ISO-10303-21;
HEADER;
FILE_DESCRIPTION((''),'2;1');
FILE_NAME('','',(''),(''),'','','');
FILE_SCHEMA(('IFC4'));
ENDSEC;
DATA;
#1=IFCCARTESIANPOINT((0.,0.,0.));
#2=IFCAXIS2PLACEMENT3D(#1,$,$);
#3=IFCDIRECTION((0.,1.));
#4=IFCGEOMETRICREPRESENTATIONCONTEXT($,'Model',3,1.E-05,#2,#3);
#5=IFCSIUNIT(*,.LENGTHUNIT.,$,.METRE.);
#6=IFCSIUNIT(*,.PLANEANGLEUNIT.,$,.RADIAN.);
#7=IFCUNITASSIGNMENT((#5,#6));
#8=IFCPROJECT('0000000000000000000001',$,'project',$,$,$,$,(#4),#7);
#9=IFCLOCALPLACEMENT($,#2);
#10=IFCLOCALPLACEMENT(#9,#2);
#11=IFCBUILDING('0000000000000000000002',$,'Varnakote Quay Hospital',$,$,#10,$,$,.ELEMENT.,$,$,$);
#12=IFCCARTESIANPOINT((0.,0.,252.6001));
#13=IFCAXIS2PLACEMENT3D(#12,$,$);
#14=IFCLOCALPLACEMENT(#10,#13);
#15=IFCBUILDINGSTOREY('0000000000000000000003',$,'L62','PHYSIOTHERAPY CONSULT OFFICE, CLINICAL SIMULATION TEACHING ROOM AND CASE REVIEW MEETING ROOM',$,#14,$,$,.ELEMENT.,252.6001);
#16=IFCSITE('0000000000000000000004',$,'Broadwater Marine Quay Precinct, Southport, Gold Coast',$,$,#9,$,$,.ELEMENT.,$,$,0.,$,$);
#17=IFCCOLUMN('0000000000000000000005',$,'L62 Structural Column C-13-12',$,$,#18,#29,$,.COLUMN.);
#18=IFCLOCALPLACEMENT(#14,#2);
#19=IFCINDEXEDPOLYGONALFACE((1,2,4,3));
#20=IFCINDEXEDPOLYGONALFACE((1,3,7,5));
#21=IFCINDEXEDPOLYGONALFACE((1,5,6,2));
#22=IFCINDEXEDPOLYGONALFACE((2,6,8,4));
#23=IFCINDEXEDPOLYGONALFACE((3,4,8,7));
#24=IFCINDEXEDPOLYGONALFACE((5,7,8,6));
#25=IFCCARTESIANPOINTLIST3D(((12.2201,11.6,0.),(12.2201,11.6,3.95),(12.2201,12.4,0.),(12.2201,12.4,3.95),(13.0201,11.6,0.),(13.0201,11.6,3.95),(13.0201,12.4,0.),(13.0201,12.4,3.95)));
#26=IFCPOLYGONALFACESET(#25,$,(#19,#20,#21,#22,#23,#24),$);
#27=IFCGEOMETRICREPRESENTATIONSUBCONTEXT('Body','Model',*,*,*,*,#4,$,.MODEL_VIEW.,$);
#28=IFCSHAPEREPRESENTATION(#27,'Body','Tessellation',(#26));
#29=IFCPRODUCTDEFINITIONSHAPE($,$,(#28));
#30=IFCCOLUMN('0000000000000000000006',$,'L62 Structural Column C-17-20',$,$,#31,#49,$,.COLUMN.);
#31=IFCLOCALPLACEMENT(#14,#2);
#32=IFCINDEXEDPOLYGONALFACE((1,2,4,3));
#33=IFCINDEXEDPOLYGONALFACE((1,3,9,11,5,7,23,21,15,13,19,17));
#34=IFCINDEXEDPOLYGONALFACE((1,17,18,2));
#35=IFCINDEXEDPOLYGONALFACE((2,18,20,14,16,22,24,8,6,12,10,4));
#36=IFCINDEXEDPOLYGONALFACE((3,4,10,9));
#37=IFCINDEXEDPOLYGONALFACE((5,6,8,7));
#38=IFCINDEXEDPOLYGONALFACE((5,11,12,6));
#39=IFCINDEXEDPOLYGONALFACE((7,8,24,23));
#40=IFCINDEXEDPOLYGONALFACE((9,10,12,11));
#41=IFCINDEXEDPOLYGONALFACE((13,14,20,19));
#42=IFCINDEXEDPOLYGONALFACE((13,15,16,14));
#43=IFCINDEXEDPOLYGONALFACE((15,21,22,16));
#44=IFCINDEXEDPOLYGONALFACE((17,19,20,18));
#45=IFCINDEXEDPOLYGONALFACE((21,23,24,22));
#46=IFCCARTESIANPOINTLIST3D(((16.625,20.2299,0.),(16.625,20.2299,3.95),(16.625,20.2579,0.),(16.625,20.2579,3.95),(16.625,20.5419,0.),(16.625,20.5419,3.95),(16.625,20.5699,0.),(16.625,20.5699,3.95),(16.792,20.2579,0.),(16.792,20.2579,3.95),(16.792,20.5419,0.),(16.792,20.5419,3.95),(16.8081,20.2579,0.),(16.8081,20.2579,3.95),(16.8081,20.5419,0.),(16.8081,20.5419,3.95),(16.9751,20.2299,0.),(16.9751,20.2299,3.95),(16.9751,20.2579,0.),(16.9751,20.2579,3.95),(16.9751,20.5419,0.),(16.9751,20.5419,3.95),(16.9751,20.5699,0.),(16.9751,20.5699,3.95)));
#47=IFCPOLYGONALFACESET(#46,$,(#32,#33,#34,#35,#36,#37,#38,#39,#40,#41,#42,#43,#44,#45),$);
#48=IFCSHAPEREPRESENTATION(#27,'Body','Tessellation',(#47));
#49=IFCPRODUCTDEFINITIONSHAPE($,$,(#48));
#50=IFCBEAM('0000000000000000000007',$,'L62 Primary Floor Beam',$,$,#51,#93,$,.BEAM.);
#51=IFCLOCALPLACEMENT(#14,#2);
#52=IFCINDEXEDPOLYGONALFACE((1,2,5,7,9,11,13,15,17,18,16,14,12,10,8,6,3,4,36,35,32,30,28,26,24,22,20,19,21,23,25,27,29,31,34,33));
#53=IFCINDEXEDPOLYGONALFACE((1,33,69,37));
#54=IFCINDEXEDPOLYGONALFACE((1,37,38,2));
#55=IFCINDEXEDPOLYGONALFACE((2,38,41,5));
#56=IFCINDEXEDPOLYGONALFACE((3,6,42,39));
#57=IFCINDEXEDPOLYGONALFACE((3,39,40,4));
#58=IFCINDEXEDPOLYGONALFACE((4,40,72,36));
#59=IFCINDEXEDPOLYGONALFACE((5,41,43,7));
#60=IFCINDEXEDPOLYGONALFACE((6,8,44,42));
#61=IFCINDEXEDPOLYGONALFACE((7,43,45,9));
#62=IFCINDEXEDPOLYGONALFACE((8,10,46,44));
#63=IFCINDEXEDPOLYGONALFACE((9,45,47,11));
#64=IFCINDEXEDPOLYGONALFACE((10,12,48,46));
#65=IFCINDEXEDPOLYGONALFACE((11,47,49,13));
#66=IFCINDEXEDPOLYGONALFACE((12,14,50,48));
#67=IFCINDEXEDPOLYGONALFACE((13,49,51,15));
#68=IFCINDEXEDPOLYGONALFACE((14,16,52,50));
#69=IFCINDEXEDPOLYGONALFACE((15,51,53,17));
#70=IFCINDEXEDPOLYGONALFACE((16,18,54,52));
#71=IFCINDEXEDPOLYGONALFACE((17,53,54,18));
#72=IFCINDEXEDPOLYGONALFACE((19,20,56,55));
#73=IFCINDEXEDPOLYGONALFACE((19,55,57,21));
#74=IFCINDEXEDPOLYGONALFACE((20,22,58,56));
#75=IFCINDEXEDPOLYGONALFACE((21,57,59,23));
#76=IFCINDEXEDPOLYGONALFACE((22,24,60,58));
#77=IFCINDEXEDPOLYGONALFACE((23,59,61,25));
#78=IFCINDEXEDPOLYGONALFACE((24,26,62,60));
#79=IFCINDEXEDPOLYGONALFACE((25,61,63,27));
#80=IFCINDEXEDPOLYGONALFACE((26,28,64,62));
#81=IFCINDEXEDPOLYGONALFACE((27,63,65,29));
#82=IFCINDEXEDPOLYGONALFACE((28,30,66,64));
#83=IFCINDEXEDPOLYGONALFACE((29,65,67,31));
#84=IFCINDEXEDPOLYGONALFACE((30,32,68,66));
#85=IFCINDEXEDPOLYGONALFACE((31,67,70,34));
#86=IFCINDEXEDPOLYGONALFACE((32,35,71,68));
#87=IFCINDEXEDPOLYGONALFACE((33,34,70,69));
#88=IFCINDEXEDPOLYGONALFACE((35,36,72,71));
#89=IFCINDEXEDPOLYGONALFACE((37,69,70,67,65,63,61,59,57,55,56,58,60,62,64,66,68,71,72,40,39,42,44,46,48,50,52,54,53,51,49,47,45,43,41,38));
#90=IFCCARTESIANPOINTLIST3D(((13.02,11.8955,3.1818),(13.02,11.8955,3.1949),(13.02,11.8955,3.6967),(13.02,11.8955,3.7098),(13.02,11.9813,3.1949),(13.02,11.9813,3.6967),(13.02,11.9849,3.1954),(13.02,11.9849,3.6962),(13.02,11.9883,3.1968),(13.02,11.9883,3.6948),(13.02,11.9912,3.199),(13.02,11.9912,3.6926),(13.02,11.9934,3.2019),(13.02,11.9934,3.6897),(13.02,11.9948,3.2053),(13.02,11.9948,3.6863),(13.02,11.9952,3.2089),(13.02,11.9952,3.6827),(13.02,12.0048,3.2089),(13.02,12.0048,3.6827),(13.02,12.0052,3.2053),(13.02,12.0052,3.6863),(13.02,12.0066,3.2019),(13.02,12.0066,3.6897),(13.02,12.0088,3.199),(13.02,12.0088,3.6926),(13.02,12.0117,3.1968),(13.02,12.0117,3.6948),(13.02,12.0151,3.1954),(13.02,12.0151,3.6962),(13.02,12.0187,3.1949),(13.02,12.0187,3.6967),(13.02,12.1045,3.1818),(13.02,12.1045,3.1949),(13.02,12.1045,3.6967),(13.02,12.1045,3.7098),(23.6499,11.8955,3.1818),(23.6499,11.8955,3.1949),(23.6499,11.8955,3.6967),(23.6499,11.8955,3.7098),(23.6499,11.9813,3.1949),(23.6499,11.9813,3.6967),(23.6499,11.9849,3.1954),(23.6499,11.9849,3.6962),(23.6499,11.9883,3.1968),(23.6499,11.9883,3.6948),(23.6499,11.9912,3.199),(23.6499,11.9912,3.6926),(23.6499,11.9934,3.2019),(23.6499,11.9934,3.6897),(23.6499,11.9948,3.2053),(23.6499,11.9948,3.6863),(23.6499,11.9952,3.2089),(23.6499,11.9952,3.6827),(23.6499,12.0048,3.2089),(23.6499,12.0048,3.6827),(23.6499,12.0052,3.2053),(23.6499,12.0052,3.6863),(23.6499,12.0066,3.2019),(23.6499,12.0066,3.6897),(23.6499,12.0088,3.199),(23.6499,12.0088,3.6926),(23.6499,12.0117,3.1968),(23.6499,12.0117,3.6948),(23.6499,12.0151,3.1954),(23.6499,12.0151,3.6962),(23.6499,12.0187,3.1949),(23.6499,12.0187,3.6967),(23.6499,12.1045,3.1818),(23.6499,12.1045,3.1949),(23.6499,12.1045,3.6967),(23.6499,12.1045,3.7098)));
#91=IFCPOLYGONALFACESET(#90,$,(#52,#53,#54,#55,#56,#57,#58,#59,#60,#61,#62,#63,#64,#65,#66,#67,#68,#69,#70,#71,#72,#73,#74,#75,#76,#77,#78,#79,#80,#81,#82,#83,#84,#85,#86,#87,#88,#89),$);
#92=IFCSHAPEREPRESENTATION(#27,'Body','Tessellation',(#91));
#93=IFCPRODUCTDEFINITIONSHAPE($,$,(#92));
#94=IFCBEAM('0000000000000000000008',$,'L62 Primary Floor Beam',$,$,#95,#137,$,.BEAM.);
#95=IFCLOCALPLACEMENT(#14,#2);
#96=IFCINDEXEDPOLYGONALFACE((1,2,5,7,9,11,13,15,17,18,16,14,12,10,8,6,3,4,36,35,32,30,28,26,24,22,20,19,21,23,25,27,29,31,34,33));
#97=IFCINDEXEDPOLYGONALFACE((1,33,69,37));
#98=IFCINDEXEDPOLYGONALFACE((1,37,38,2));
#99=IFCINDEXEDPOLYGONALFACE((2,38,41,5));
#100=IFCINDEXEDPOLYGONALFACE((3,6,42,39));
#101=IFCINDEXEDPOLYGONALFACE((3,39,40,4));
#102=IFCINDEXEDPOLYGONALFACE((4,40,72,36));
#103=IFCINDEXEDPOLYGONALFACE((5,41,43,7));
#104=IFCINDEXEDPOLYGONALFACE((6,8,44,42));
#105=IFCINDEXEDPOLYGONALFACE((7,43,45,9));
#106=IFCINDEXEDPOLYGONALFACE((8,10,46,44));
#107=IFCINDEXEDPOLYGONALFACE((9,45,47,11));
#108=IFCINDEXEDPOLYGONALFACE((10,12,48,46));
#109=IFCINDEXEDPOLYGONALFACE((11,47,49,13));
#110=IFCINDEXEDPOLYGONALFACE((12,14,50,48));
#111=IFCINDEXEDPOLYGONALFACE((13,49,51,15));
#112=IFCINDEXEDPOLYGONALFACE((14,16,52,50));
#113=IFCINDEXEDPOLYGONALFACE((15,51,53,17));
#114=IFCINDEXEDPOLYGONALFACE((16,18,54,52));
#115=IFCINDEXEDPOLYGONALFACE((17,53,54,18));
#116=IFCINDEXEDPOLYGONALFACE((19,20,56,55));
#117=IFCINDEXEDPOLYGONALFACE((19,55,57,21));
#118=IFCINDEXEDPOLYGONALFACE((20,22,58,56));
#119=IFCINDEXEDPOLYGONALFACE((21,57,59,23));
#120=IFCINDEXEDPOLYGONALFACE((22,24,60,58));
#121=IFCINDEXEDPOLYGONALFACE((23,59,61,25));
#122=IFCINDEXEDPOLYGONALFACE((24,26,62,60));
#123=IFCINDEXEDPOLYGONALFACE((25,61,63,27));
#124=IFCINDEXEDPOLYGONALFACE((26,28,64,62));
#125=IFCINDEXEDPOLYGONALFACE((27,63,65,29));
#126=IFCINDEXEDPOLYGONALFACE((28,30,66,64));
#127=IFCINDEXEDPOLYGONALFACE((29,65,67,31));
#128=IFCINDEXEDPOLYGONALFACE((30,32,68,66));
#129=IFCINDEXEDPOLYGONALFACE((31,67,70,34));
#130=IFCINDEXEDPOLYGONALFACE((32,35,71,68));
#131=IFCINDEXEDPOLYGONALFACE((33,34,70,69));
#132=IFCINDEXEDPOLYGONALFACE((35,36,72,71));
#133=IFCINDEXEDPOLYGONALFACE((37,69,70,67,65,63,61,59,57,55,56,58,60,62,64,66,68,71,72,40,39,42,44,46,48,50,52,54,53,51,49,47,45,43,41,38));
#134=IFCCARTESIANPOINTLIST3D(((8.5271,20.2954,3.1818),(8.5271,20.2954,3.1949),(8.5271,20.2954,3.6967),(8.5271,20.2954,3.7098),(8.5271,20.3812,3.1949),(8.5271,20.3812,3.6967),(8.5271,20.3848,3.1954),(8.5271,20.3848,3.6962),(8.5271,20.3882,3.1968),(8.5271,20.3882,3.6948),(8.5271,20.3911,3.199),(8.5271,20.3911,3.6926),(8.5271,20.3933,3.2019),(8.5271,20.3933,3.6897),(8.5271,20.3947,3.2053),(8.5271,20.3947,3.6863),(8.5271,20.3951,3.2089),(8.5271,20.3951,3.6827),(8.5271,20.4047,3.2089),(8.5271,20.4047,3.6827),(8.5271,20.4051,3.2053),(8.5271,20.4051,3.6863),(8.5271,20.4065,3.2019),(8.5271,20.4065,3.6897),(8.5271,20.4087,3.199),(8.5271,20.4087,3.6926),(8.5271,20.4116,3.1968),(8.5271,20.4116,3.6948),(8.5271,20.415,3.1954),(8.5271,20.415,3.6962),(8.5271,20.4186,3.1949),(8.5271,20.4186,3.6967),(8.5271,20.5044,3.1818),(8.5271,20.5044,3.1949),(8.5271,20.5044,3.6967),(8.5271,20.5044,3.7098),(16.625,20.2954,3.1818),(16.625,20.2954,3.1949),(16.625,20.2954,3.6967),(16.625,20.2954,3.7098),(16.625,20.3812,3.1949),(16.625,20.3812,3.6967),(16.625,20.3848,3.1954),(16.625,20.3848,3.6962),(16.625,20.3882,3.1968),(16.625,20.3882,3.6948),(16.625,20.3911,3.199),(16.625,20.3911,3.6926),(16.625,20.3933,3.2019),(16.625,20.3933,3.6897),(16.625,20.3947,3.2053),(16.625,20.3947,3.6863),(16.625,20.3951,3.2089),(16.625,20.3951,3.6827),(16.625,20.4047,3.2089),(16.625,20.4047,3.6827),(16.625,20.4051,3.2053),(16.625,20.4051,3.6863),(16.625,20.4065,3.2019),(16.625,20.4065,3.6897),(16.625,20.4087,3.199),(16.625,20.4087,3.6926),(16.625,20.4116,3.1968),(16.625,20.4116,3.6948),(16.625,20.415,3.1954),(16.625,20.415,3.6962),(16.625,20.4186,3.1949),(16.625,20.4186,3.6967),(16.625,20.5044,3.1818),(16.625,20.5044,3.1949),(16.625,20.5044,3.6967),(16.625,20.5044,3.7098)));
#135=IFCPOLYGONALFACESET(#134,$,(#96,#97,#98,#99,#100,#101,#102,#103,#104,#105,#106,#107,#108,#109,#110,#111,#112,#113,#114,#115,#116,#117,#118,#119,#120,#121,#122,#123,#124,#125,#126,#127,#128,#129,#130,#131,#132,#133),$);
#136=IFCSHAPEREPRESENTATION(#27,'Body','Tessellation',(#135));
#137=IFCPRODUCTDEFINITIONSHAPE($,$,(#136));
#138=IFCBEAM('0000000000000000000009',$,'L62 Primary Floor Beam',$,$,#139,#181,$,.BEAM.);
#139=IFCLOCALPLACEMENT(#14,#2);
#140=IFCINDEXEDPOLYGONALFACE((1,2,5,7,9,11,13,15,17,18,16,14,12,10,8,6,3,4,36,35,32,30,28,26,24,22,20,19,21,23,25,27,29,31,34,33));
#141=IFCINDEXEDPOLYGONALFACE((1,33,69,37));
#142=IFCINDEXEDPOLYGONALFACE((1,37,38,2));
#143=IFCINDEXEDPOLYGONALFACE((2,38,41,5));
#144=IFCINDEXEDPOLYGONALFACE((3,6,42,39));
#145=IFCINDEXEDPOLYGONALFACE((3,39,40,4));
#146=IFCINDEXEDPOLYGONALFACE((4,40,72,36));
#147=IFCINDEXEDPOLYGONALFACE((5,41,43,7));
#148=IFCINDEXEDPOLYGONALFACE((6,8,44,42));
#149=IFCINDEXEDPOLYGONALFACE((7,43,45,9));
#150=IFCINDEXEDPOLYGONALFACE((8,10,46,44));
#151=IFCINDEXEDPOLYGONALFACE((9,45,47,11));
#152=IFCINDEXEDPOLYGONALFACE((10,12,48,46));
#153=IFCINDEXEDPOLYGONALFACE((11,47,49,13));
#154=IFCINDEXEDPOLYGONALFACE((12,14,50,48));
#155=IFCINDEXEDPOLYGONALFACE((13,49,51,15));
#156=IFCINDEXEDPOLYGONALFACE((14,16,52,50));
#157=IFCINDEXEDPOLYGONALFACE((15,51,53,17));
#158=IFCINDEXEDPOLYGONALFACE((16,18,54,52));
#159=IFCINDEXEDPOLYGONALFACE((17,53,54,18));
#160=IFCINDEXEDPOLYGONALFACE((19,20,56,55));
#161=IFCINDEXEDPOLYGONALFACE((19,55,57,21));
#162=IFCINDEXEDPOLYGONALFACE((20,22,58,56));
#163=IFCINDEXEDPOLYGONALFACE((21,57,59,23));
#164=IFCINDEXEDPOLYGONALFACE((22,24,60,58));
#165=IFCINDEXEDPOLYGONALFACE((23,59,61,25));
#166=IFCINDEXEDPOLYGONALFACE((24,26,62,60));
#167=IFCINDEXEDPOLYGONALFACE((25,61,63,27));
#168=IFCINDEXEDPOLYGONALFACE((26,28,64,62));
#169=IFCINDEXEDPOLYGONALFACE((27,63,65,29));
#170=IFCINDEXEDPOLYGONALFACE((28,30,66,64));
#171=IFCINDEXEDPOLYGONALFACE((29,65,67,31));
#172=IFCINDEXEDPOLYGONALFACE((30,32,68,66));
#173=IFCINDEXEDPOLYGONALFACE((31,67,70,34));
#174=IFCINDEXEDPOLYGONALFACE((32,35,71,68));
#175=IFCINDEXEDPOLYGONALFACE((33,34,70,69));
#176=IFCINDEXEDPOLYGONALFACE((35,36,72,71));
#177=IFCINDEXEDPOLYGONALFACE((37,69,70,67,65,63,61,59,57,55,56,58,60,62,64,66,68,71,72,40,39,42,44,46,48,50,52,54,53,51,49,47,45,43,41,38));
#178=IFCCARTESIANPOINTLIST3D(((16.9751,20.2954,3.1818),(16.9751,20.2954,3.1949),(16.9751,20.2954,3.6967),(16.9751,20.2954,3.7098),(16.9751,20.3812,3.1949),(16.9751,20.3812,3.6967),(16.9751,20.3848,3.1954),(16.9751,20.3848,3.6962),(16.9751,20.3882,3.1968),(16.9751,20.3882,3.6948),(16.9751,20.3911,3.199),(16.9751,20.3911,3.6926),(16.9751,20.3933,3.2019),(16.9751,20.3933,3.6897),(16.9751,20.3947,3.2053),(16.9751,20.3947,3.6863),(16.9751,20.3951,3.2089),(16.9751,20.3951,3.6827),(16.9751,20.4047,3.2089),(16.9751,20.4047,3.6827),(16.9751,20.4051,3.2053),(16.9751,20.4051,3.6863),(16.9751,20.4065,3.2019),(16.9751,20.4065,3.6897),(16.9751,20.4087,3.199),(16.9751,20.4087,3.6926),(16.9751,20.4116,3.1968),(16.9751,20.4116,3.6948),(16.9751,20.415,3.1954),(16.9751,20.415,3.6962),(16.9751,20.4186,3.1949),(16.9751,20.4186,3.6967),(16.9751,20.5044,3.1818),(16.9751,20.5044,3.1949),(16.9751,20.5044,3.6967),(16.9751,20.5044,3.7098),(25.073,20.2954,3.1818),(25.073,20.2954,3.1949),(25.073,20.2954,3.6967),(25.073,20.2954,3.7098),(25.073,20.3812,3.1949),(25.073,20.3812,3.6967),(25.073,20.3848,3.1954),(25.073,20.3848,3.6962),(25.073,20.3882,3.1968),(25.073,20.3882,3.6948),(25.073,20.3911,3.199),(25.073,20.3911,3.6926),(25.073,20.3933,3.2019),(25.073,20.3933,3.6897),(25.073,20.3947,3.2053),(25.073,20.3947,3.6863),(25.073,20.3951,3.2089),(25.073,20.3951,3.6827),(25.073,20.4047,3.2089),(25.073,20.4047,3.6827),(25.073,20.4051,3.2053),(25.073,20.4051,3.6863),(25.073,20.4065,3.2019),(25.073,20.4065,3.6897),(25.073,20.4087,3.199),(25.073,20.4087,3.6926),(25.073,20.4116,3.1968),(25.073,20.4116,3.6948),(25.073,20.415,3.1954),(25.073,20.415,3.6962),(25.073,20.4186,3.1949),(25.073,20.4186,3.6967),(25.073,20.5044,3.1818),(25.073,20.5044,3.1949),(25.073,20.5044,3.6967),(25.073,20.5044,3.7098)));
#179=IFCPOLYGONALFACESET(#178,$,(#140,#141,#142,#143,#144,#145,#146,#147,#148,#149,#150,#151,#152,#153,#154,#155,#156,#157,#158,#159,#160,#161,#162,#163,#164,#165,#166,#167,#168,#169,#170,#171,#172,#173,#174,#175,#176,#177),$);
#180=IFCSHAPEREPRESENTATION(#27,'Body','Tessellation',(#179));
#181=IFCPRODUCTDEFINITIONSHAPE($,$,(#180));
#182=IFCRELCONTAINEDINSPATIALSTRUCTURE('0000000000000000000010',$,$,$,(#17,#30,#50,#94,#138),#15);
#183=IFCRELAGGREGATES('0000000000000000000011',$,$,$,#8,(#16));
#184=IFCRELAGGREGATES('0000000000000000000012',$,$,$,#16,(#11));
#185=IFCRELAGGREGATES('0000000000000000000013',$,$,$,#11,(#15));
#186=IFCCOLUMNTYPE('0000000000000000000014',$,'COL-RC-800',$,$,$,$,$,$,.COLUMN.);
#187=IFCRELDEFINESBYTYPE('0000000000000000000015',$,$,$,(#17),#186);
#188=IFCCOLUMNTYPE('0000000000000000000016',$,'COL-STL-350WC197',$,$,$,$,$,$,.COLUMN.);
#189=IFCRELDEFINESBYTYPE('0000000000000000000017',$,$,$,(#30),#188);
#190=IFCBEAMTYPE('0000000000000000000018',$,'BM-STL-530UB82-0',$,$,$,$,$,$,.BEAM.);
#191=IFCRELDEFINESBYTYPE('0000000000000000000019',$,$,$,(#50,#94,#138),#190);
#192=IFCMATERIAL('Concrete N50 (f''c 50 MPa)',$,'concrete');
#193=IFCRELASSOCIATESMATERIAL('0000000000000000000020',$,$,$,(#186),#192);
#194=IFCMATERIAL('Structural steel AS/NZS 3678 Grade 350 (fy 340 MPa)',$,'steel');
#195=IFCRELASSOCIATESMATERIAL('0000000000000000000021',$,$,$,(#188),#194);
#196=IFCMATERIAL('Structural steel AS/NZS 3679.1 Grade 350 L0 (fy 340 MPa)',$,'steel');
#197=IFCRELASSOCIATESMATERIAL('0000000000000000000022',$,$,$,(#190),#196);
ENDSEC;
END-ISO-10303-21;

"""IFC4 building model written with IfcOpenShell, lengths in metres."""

from ifc_helpers import new_model, si_unit, direction, frame, origin, origin_2d, place, context, subcontext, project, spatial, rectangle, i_section, extrude, material, material_profile, profile_set, type_object, element, save


model = new_model("IFC4")

# Units and contexts
model_context = context("Model", 3, precision=1e-05, world=origin(), true_north=direction((0.0, 1.0)))
body_context = subcontext(model_context, "Body", "Model", "MODEL_VIEW")
ifc_project = project(units=[si_unit("LENGTHUNIT", "METRE"), si_unit("PLANEANGLEUNIT", "RADIAN")], contexts=[model_context])

# Site, building, storey
site_placement = place(None, origin())
site = spatial("IfcSite", under=ifc_project, at=site_placement, Name="Broadwater Marine Quay Precinct, Southport, Gold Coast", CompositionType="ELEMENT", RefElevation=0.0)
building_placement = place(site_placement, origin())
building = spatial("IfcBuilding", under=site, at=building_placement, Name="Varnakote Quay Hospital", CompositionType="ELEMENT")
storey_placement = place(building_placement, frame((0.0, 0.0, 252.6001)))
storey = spatial("IfcBuildingStorey", under=building, at=storey_placement, Name="L62", Description="PHYSIOTHERAPY CONSULT OFFICE, CLINICAL SIMULATION TEACHING ROOM AND CASE REVIEW MEETING ROOM", CompositionType="ELEMENT", Elevation=252.6001)

# Columns
ifc_material_1 = material(Name="Concrete N50 (f'c 50 MPa)", Category="concrete")
ifc_material_profile_1 = material_profile(ifc_material_1, rectangle(XDim=0.8, YDim=0.8, at=origin_2d()), Name="RC-COL-800x800")
ifc_profile_set_1 = profile_set([ifc_material_profile_1], Name="Concrete N50 (f'c 50 MPa)")
column_type_1 = type_object("IfcColumnType", Name="COL-RC-800", PredefinedType="COLUMN", material=ifc_profile_set_1)
column_1_placement = place(storey_placement, frame((12.6201, 12.0, 0.0), z_axis=(0.0, 0.0, 1.0), x_axis=(1.0, 0.0, 0.0)))
element("IfcColumn", 1, at=column_1_placement, inside=storey, type_object=column_type_1, Name="L62 Structural Column C-13-12", PredefinedType="COLUMN", context=body_context, shape_type="SweptSolid", body=[
    extrude(rectangle(XDim=0.8, YDim=0.8, at=origin_2d()), origin(), (0.0, 0.0, 1.0), 3.95),
])
ifc_material_2 = material(Name="Structural steel AS/NZS 3678 Grade 350 (fy 340 MPa)", Category="steel")
ifc_material_profile_2 = material_profile(ifc_material_2, i_section(OverallWidth=0.3501, OverallDepth=0.3401, WebThickness=0.0161, FlangeThickness=0.0281, at=origin_2d()), Name="350WC197")
ifc_profile_set_2 = profile_set([ifc_material_profile_2], Name="Structural steel AS/NZS 3678 Grade 350 (fy 340 MPa)")
column_type_2 = type_object("IfcColumnType", Name="COL-STL-350WC197", PredefinedType="COLUMN", material=ifc_profile_set_2)
column_2_placement = place(storey_placement, frame((16.8, 20.3999, 0.0), z_axis=(0.0, 0.0, 1.0), x_axis=(1.0, 0.0, 0.0)))
element("IfcColumn", 2, at=column_2_placement, inside=storey, type_object=column_type_2, Name="L62 Structural Column C-17-20", PredefinedType="COLUMN", context=body_context, shape_type="SweptSolid", body=[
    extrude(i_section(OverallWidth=0.3501, OverallDepth=0.3401, WebThickness=0.0161, FlangeThickness=0.0281, at=origin_2d()), origin(), (0.0, 0.0, 1.0), 3.95),
])

# Beams
ifc_material_3 = material(Name="Structural steel AS/NZS 3679.1 Grade 350 L0 (fy 340 MPa)", Category="steel")
ifc_material_profile_3 = material_profile(ifc_material_3, i_section(OverallWidth=0.209, OverallDepth=0.5281, WebThickness=0.0095, FlangeThickness=0.0132, FilletRadius=0.0139, at=origin_2d()), Name="530UB82.0")
ifc_profile_set_3 = profile_set([ifc_material_profile_3], Name="Structural steel AS/NZS 3679.1 Grade 350 L0 (fy 340 MPa)")
beam_type = type_object("IfcBeamType", Name="BM-STL-530UB82-0", PredefinedType="BEAM", material=ifc_profile_set_3)
beam_1_placement = place(storey_placement, frame((13.02, 12.0, 3.4458), z_axis=(1.0, 0.0, 0.0), x_axis=(0.0, 1.0, 0.0)))
element("IfcBeam", 3, at=beam_1_placement, inside=storey, type_object=beam_type, Name="L62 Primary Floor Beam", PredefinedType="BEAM", context=body_context, shape_type="SweptSolid", body=[
    extrude(i_section(OverallWidth=0.209, OverallDepth=0.5281, WebThickness=0.0095, FlangeThickness=0.0132, FilletRadius=0.0139, at=origin_2d()), origin(), (0.0, 0.0, 1.0), 10.6299),
])
for number, where, z_axis, x_axis, name in (
    (4, (8.5271, 20.3999, 3.4458), (1.0, 0.0, 0.0), (0.0, 1.0, 0.0), "L62 Primary Floor Beam"),
    (5, (16.9751, 20.3999, 3.4458), (1.0, 0.0, 0.0), (0.0, 1.0, 0.0), "L62 Primary Floor Beam"),
):
    element("IfcBeam", number, at=place(storey_placement, frame(where, z_axis=z_axis, x_axis=x_axis)), inside=storey, type_object=beam_type, Name=name, PredefinedType="BEAM", context=body_context, shape_type="SweptSolid", body=[
        extrude(i_section(OverallWidth=0.209, OverallDepth=0.5281, WebThickness=0.0095, FlangeThickness=0.0132, FilletRadius=0.0139, at=origin_2d()), origin(), (0.0, 0.0, 1.0), 8.0979),
    ])

save(model, "model.ifc")
